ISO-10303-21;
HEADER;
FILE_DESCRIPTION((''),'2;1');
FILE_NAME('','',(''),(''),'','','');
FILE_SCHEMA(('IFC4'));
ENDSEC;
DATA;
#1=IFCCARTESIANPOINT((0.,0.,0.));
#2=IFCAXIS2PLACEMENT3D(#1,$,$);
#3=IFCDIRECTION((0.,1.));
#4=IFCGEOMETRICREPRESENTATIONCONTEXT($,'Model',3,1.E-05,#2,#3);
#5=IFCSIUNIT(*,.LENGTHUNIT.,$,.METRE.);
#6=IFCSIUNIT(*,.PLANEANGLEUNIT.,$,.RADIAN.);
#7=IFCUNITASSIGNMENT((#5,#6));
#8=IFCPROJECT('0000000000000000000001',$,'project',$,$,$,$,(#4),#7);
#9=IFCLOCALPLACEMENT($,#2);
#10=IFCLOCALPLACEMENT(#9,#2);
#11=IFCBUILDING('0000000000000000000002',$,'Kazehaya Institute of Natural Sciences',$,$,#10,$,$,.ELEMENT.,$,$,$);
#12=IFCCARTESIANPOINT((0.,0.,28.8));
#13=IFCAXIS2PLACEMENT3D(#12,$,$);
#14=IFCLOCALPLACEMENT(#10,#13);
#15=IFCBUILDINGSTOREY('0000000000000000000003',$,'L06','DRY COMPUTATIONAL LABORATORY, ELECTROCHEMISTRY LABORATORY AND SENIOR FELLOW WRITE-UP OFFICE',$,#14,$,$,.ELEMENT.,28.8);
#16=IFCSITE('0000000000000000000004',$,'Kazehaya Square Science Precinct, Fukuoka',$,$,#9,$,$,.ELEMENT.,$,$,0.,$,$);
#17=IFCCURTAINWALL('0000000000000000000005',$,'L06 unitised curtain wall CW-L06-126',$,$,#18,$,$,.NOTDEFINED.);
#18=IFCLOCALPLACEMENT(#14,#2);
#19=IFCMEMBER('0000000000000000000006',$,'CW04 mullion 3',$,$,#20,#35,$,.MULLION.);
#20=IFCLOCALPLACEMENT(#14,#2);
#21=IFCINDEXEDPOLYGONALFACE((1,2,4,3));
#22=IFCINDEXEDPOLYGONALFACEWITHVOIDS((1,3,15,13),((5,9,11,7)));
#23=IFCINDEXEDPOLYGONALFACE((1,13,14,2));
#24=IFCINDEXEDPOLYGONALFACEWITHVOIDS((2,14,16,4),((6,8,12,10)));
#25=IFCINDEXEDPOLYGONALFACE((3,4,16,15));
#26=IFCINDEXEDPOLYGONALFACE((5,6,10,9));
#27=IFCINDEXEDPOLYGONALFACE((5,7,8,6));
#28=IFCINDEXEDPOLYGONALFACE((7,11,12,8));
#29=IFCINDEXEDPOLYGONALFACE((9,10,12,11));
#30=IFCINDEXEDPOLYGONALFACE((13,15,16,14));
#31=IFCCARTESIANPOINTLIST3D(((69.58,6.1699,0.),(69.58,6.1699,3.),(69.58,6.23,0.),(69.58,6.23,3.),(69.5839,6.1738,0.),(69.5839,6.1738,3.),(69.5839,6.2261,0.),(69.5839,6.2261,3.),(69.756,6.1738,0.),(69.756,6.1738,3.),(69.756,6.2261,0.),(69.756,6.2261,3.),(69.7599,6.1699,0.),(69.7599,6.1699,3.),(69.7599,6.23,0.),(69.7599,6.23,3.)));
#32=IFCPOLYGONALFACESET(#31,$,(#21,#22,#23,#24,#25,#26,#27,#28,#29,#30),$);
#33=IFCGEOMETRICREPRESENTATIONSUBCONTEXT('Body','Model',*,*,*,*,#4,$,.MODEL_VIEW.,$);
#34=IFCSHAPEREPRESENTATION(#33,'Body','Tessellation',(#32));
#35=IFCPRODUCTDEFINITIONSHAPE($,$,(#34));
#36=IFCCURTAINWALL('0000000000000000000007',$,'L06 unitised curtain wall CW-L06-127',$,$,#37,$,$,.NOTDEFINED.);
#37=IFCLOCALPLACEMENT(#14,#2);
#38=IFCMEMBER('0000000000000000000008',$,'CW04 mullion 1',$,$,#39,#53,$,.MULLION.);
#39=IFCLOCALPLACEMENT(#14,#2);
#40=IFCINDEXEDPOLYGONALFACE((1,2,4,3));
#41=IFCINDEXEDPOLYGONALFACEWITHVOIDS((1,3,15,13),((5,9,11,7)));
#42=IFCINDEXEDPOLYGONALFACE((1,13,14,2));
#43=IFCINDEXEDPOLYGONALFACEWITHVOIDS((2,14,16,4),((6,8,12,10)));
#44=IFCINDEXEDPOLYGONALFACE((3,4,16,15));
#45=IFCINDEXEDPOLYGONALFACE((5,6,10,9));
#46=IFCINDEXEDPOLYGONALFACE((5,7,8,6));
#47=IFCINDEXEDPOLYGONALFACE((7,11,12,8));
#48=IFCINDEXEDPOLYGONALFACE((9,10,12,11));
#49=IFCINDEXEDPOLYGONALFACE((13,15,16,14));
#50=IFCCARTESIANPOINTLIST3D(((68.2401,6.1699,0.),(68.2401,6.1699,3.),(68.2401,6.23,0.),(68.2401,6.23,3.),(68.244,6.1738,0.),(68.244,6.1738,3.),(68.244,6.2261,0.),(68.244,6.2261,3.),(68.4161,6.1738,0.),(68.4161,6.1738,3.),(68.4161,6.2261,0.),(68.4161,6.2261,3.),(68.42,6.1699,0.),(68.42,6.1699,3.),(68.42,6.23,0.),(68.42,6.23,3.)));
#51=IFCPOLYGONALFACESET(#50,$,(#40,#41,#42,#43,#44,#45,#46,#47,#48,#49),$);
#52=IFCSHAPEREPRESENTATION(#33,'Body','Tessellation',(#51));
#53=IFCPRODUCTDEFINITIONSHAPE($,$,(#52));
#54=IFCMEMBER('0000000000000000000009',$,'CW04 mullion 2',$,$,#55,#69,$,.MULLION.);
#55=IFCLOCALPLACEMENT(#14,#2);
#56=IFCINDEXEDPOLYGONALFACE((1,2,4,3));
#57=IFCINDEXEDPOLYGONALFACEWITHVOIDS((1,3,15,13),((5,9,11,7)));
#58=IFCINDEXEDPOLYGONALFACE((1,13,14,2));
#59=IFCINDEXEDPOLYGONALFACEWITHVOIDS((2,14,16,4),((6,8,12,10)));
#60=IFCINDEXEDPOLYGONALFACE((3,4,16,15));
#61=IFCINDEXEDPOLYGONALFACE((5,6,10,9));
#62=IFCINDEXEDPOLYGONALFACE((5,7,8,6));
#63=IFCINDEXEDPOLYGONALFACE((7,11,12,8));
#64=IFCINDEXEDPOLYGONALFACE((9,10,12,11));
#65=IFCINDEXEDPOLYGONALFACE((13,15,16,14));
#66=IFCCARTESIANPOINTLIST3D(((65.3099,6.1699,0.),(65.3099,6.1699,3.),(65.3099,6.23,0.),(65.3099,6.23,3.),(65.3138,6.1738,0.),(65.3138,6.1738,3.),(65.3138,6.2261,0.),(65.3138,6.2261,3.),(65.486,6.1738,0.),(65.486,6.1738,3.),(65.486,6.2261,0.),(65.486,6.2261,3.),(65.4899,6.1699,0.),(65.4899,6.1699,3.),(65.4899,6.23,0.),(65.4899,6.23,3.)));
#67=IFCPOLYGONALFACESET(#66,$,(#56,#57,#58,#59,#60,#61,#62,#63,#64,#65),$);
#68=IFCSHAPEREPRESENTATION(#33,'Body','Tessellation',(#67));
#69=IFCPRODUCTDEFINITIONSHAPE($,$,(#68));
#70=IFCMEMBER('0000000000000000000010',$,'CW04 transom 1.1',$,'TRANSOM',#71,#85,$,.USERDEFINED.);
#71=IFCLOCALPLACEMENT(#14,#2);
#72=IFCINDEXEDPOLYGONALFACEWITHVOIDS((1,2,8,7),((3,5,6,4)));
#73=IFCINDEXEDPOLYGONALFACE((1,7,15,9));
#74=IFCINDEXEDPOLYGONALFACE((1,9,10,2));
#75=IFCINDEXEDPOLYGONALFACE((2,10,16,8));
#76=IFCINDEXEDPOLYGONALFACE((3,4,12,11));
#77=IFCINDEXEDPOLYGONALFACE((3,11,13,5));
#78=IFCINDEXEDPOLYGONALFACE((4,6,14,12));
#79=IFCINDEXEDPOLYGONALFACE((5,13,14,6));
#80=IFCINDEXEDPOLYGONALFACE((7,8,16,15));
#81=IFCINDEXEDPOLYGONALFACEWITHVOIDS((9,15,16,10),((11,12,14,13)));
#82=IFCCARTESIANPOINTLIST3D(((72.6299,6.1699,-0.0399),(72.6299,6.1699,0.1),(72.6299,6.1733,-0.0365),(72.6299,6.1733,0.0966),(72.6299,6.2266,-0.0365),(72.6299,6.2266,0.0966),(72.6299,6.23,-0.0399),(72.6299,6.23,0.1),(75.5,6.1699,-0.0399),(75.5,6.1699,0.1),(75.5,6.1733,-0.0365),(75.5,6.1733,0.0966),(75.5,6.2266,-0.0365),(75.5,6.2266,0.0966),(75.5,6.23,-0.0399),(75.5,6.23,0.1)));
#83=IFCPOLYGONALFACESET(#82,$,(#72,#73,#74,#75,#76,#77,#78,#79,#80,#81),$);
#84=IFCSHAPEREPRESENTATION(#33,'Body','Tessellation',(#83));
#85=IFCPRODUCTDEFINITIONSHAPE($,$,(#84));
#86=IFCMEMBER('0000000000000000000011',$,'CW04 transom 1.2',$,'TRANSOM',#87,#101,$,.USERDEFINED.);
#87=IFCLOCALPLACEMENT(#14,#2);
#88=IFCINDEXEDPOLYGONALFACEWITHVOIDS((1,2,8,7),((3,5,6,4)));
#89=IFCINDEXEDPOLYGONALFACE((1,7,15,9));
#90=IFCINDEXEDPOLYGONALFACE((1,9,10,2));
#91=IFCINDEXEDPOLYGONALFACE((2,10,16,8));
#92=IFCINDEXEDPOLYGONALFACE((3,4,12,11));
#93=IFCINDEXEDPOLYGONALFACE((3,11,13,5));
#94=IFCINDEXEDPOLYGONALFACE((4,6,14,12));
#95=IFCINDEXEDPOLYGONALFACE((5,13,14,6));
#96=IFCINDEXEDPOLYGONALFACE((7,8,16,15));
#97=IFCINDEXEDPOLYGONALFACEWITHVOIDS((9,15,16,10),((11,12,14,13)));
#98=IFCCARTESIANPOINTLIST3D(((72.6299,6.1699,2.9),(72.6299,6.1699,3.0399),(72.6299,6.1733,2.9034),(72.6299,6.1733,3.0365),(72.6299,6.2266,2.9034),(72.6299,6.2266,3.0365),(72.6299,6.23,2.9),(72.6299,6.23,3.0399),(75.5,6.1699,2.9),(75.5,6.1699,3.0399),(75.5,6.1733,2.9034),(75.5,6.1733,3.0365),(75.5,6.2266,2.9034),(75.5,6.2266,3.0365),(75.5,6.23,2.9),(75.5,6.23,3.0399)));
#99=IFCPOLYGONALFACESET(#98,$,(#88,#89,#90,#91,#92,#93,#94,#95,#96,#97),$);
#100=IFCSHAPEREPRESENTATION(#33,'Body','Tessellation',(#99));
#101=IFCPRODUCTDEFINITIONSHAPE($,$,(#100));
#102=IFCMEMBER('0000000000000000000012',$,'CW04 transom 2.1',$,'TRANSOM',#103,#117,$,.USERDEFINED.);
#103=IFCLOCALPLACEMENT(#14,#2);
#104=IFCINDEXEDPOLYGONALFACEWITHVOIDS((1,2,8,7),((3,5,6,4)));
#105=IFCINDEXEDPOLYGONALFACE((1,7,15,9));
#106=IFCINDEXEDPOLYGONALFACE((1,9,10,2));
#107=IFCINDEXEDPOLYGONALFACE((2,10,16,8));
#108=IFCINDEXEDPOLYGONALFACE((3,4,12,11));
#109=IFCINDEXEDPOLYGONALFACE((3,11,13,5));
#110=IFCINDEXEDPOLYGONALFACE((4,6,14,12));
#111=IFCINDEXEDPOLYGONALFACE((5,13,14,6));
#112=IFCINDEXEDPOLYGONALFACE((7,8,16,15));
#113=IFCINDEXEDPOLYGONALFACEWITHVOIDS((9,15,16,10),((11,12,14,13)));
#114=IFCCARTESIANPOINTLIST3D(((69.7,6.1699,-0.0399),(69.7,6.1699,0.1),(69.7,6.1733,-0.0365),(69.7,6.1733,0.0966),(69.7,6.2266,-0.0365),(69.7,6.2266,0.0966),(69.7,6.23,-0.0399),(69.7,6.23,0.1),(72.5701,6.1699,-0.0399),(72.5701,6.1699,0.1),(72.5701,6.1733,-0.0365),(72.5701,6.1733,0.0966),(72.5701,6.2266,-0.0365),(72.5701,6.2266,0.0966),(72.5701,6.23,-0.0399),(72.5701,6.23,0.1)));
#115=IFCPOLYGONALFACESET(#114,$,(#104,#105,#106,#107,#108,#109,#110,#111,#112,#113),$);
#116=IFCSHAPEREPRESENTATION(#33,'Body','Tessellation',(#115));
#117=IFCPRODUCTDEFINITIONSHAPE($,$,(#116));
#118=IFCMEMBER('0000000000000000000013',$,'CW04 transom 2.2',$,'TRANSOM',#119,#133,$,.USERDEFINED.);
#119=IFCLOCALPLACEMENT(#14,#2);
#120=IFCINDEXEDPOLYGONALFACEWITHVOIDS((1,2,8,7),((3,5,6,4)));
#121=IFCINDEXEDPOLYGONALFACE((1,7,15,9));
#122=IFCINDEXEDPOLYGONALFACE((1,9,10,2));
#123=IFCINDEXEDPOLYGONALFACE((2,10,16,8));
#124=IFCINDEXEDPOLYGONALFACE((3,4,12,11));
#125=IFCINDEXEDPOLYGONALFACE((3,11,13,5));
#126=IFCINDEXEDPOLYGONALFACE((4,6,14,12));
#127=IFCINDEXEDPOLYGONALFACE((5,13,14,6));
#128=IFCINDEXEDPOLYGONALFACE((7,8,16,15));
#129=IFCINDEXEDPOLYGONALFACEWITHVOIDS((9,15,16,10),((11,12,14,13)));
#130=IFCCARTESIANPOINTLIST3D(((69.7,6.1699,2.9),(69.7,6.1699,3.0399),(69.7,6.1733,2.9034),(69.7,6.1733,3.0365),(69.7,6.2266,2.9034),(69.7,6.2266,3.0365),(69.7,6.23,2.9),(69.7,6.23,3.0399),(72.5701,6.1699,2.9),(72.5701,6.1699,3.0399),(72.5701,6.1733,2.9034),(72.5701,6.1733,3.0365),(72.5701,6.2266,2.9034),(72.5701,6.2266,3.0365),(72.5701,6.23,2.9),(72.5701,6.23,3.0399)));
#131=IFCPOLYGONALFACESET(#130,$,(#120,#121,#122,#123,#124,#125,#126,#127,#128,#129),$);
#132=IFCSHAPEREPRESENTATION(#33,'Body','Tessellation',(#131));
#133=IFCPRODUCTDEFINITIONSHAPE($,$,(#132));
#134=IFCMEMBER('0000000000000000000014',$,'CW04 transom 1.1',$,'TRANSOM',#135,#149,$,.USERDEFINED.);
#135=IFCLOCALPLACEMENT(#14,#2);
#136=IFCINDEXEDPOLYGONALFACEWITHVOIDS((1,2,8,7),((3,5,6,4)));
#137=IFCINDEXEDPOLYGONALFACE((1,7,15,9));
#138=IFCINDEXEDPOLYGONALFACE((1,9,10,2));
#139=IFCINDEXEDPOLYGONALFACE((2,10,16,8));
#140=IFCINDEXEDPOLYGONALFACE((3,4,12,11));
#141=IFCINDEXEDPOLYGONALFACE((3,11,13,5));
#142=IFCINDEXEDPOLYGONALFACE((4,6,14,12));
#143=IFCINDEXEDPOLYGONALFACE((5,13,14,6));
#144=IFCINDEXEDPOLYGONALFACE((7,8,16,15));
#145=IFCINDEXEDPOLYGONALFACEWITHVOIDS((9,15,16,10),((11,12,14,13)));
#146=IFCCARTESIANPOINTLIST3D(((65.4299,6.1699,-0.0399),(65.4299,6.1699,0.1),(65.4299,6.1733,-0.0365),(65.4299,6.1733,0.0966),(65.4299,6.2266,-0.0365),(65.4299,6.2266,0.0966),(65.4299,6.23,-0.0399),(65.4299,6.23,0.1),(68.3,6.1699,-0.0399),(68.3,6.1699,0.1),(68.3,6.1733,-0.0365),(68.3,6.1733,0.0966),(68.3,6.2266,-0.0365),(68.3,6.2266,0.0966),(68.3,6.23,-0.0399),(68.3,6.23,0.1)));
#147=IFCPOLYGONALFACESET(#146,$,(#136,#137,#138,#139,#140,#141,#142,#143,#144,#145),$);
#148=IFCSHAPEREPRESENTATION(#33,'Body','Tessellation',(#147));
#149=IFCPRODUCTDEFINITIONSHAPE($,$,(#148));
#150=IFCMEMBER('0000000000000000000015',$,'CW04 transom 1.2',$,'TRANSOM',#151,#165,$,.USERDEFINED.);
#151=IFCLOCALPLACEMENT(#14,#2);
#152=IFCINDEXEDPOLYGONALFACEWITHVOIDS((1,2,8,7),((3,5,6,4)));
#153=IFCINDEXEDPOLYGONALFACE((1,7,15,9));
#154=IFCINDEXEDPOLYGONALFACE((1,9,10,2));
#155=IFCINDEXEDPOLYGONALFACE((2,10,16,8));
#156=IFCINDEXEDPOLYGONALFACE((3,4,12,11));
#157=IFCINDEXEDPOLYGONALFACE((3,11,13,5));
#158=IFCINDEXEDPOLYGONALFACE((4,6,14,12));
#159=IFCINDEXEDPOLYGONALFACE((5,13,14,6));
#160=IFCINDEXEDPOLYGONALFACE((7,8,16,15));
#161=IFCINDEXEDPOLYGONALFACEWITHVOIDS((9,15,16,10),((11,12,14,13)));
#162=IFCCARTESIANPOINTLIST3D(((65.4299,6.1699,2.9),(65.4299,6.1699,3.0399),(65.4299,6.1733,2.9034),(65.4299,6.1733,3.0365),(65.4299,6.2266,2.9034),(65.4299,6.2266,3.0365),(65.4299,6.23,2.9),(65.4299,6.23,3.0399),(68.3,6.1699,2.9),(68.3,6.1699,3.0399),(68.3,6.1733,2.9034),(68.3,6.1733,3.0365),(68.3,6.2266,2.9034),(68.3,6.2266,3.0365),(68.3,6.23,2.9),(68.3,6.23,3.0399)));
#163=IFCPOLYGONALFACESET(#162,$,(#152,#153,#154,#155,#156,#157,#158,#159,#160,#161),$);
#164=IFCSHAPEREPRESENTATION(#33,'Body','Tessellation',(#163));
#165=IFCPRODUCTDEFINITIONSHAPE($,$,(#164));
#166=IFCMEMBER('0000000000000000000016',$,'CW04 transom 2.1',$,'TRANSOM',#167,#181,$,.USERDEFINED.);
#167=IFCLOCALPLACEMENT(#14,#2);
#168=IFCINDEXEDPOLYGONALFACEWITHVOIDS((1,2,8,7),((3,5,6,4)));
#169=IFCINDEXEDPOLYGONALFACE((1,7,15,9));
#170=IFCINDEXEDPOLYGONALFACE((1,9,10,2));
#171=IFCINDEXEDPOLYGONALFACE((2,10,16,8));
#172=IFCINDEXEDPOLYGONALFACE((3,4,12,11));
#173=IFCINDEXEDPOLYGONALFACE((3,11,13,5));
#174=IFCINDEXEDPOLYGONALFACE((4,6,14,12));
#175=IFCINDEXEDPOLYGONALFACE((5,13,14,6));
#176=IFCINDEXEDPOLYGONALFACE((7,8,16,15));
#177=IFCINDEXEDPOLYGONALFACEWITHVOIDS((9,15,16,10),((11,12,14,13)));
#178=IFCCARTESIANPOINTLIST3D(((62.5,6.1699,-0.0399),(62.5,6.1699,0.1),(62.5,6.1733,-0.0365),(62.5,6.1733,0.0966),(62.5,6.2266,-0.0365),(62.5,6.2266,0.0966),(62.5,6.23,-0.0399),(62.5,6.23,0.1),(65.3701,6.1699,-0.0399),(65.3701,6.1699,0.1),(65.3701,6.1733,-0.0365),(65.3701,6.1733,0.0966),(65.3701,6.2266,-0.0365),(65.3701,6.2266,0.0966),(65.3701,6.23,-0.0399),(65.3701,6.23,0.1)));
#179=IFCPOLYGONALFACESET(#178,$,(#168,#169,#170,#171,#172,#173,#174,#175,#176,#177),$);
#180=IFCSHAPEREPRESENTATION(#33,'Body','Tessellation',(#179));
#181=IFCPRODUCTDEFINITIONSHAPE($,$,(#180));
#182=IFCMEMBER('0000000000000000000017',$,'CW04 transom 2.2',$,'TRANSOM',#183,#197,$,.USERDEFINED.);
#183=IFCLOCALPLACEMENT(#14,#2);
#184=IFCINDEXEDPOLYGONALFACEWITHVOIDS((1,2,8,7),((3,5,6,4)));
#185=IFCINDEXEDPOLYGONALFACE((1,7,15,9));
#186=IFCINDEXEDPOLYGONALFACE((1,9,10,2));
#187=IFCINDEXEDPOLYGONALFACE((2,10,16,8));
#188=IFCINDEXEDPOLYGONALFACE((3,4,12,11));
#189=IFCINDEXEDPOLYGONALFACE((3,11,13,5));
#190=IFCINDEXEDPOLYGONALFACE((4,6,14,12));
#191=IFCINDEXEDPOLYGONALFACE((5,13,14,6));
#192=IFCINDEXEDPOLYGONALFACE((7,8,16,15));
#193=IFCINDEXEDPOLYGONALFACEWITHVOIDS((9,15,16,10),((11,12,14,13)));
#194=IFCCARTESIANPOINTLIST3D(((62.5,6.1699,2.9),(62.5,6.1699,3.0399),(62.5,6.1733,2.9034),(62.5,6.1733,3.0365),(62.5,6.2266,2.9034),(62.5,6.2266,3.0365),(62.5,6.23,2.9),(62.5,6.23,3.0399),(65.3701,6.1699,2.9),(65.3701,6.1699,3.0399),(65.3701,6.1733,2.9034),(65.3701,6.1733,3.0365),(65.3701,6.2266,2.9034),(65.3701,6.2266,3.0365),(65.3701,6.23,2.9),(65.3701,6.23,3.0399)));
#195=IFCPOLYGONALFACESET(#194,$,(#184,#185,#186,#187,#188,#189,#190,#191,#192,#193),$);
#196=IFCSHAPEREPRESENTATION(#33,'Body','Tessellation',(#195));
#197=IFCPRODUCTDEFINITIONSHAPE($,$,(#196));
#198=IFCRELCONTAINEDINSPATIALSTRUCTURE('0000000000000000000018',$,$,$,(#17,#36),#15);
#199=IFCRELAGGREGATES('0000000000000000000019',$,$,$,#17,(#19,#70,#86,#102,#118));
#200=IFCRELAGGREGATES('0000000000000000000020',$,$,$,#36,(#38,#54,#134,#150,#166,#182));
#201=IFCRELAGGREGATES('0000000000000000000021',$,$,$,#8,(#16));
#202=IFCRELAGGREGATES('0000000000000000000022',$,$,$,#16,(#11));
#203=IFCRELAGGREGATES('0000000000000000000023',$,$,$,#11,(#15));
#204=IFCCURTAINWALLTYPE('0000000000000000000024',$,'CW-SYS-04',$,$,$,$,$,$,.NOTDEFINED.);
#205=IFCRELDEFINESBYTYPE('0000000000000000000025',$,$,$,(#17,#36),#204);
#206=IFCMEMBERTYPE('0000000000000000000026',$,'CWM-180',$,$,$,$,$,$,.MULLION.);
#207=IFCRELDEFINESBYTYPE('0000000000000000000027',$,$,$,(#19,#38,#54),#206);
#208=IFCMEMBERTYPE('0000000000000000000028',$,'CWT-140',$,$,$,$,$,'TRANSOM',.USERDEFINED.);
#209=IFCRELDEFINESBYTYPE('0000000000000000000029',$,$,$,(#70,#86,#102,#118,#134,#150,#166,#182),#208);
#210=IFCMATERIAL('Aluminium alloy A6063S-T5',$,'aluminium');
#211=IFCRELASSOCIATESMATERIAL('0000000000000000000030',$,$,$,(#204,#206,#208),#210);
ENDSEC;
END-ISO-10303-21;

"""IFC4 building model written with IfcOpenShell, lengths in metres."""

from ifc_helpers import new_model, si_unit, direction, frame, origin, origin_2d, place, context, subcontext, project, spatial, hollow_rectangle, extrude, material, material_profile, profile_set, type_object, element, aggregate, save


model = new_model("IFC4")

# Units and contexts
model_context = context("Model", 3, precision=1e-05, world=origin(), true_north=direction((0.0, 1.0)))
body_context = subcontext(model_context, "Body", "Model", "MODEL_VIEW")
ifc_project = project(units=[si_unit("LENGTHUNIT", "METRE"), si_unit("PLANEANGLEUNIT", "RADIAN")], contexts=[model_context])

# Site, building, storey
site_placement = place(None, origin())
site = spatial("IfcSite", under=ifc_project, at=site_placement, Name="Kazehaya Square Science Precinct, Fukuoka", CompositionType="ELEMENT", RefElevation=0.0)
building_placement = place(site_placement, origin())
building = spatial("IfcBuilding", under=site, at=building_placement, Name="Kazehaya Institute of Natural Sciences", CompositionType="ELEMENT")
storey_placement = place(building_placement, frame((0.0, 0.0, 28.8)))
storey = spatial("IfcBuildingStorey", under=building, at=storey_placement, Name="L06", Description="DRY COMPUTATIONAL LABORATORY, ELECTROCHEMISTRY LABORATORY AND SENIOR FELLOW WRITE-UP OFFICE", CompositionType="ELEMENT", Elevation=28.8)

# Curtain walls, members
ifc_material_1 = material(Name="Aluminium alloy A6063S-T5", Category="aluminium")
curtain_wall_type = type_object("IfcCurtainWallType", Name="CW-SYS-04", PredefinedType="NOTDEFINED", material=ifc_material_1)
curtain_wall_1_placement = place(storey_placement, origin())
curtain_wall_1 = element("IfcCurtainWall", 1, at=curtain_wall_1_placement, inside=storey, type_object=curtain_wall_type, Name="L06 unitised curtain wall CW-L06-126", PredefinedType="NOTDEFINED")
ifc_material_profile_1 = material_profile(ifc_material_1, hollow_rectangle(XDim=0.0601, YDim=0.1799, WallThickness=0.0039, at=origin_2d()), Name="ALU-60x180x4")
ifc_profile_set_1 = profile_set([ifc_material_profile_1], Name="Aluminium alloy A6063S-T5")
member_type_1 = type_object("IfcMemberType", Name="CWM-180", PredefinedType="MULLION", material=ifc_profile_set_1)
member_1_placement = place(storey_placement, frame((69.6699, 6.2, 0.0), z_axis=(0.0, 0.0, 1.0), x_axis=(0.0, -1.0, 0.0)))
member_1 = element("IfcMember", 2, at=member_1_placement, type_object=member_type_1, Name="CW04 mullion 3", PredefinedType="MULLION", context=body_context, shape_type="SweptSolid", body=[
    extrude(hollow_rectangle(XDim=0.0601, YDim=0.1799, WallThickness=0.0039, at=origin_2d()), origin(), (0.0, 0.0, 1.0), 3.0),
])
curtain_wall_2_placement = place(storey_placement, origin())
curtain_wall_2 = element("IfcCurtainWall", 3, at=curtain_wall_2_placement, inside=storey, type_object=curtain_wall_type, Name="L06 unitised curtain wall CW-L06-127", PredefinedType="NOTDEFINED")
member_2_placement = place(storey_placement, frame((68.3301, 6.2, 0.0), z_axis=(0.0, 0.0, 1.0), x_axis=(0.0, -1.0, 0.0)))
member_2 = element("IfcMember", 4, at=member_2_placement, type_object=member_type_1, Name="CW04 mullion 1", PredefinedType="MULLION", context=body_context, shape_type="SweptSolid", body=[
    extrude(hollow_rectangle(XDim=0.0601, YDim=0.1799, WallThickness=0.0039, at=origin_2d()), origin(), (0.0, 0.0, 1.0), 3.0),
])
member_3_placement = place(storey_placement, frame((65.3999, 6.2, 0.0), z_axis=(0.0, 0.0, 1.0), x_axis=(0.0, -1.0, 0.0)))
member_3 = element("IfcMember", 5, at=member_3_placement, type_object=member_type_1, Name="CW04 mullion 2", PredefinedType="MULLION", context=body_context, shape_type="SweptSolid", body=[
    extrude(hollow_rectangle(XDim=0.0601, YDim=0.1799, WallThickness=0.0039, at=origin_2d()), origin(), (0.0, 0.0, 1.0), 3.0),
])

# Members
ifc_material_profile_2 = material_profile(ifc_material_1, hollow_rectangle(XDim=0.0601, YDim=0.1399, WallThickness=0.0034, at=origin_2d()), Name="ALU-60x140x3.5")
ifc_profile_set_2 = profile_set([ifc_material_profile_2], Name="Aluminium alloy A6063S-T5")
member_type_2 = type_object("IfcMemberType", Name="CWT-140", ElementType="TRANSOM", PredefinedType="USERDEFINED", material=ifc_profile_set_2)
member_4_placement = place(storey_placement, frame((75.5, 6.2, 0.03), z_axis=(-1.0, 0.0, 0.0), x_axis=(0.0, -1.0, 0.0)))
member_4 = element("IfcMember", 6, at=member_4_placement, type_object=member_type_2, Name="CW04 transom 1.1", ObjectType="TRANSOM", PredefinedType="USERDEFINED", context=body_context, shape_type="SweptSolid", body=[
    extrude(hollow_rectangle(XDim=0.0601, YDim=0.1399, WallThickness=0.0034, at=origin_2d()), origin(), (0.0, 0.0, 1.0), 2.8701),
])
member_5_placement = place(storey_placement, frame((75.5, 6.2, 2.97), z_axis=(-1.0, 0.0, 0.0), x_axis=(0.0, -1.0, 0.0)))
member_5 = element("IfcMember", 7, at=member_5_placement, type_object=member_type_2, Name="CW04 transom 1.2", ObjectType="TRANSOM", PredefinedType="USERDEFINED", context=body_context, shape_type="SweptSolid", body=[
    extrude(hollow_rectangle(XDim=0.0601, YDim=0.1399, WallThickness=0.0034, at=origin_2d()), origin(), (0.0, 0.0, 1.0), 2.8701),
])
member_6_placement = place(storey_placement, frame((72.5701, 6.2, 0.03), z_axis=(-1.0, 0.0, 0.0), x_axis=(0.0, -1.0, 0.0)))
member_6 = element("IfcMember", 8, at=member_6_placement, type_object=member_type_2, Name="CW04 transom 2.1", ObjectType="TRANSOM", PredefinedType="USERDEFINED", context=body_context, shape_type="SweptSolid", body=[
    extrude(hollow_rectangle(XDim=0.0601, YDim=0.1399, WallThickness=0.0034, at=origin_2d()), origin(), (0.0, 0.0, 1.0), 2.8701),
])
member_7_placement = place(storey_placement, frame((72.5701, 6.2, 2.97), z_axis=(-1.0, 0.0, 0.0), x_axis=(0.0, -1.0, 0.0)))
member_7 = element("IfcMember", 9, at=member_7_placement, type_object=member_type_2, Name="CW04 transom 2.2", ObjectType="TRANSOM", PredefinedType="USERDEFINED", context=body_context, shape_type="SweptSolid", body=[
    extrude(hollow_rectangle(XDim=0.0601, YDim=0.1399, WallThickness=0.0034, at=origin_2d()), origin(), (0.0, 0.0, 1.0), 2.8701),
])
member_8_placement = place(storey_placement, frame((68.3, 6.2, 0.03), z_axis=(-1.0, 0.0, 0.0), x_axis=(0.0, -1.0, 0.0)))
member_8 = element("IfcMember", 10, at=member_8_placement, type_object=member_type_2, Name="CW04 transom 1.1", ObjectType="TRANSOM", PredefinedType="USERDEFINED", context=body_context, shape_type="SweptSolid", body=[
    extrude(hollow_rectangle(XDim=0.0601, YDim=0.1399, WallThickness=0.0034, at=origin_2d()), origin(), (0.0, 0.0, 1.0), 2.8701),
])
member_9_placement = place(storey_placement, frame((68.3, 6.2, 2.97), z_axis=(-1.0, 0.0, 0.0), x_axis=(0.0, -1.0, 0.0)))
member_9 = element("IfcMember", 11, at=member_9_placement, type_object=member_type_2, Name="CW04 transom 1.2", ObjectType="TRANSOM", PredefinedType="USERDEFINED", context=body_context, shape_type="SweptSolid", body=[
    extrude(hollow_rectangle(XDim=0.0601, YDim=0.1399, WallThickness=0.0034, at=origin_2d()), origin(), (0.0, 0.0, 1.0), 2.8701),
])
member_10_placement = place(storey_placement, frame((65.3701, 6.2, 0.03), z_axis=(-1.0, 0.0, 0.0), x_axis=(0.0, -1.0, 0.0)))
member_10 = element("IfcMember", 12, at=member_10_placement, type_object=member_type_2, Name="CW04 transom 2.1", ObjectType="TRANSOM", PredefinedType="USERDEFINED", context=body_context, shape_type="SweptSolid", body=[
    extrude(hollow_rectangle(XDim=0.0601, YDim=0.1399, WallThickness=0.0034, at=origin_2d()), origin(), (0.0, 0.0, 1.0), 2.8701),
])
member_11_placement = place(storey_placement, frame((65.3701, 6.2, 2.97), z_axis=(-1.0, 0.0, 0.0), x_axis=(0.0, -1.0, 0.0)))
member_11 = element("IfcMember", 13, at=member_11_placement, type_object=member_type_2, Name="CW04 transom 2.2", ObjectType="TRANSOM", PredefinedType="USERDEFINED", context=body_context, shape_type="SweptSolid", body=[
    extrude(hollow_rectangle(XDim=0.0601, YDim=0.1399, WallThickness=0.0034, at=origin_2d()), origin(), (0.0, 0.0, 1.0), 2.8701),
])

aggregate(curtain_wall_1, [member_1, member_4, member_5, member_6, member_7])
aggregate(curtain_wall_2, [member_2, member_3, member_8, member_9, member_10, member_11])

save(model, "model.ifc")
